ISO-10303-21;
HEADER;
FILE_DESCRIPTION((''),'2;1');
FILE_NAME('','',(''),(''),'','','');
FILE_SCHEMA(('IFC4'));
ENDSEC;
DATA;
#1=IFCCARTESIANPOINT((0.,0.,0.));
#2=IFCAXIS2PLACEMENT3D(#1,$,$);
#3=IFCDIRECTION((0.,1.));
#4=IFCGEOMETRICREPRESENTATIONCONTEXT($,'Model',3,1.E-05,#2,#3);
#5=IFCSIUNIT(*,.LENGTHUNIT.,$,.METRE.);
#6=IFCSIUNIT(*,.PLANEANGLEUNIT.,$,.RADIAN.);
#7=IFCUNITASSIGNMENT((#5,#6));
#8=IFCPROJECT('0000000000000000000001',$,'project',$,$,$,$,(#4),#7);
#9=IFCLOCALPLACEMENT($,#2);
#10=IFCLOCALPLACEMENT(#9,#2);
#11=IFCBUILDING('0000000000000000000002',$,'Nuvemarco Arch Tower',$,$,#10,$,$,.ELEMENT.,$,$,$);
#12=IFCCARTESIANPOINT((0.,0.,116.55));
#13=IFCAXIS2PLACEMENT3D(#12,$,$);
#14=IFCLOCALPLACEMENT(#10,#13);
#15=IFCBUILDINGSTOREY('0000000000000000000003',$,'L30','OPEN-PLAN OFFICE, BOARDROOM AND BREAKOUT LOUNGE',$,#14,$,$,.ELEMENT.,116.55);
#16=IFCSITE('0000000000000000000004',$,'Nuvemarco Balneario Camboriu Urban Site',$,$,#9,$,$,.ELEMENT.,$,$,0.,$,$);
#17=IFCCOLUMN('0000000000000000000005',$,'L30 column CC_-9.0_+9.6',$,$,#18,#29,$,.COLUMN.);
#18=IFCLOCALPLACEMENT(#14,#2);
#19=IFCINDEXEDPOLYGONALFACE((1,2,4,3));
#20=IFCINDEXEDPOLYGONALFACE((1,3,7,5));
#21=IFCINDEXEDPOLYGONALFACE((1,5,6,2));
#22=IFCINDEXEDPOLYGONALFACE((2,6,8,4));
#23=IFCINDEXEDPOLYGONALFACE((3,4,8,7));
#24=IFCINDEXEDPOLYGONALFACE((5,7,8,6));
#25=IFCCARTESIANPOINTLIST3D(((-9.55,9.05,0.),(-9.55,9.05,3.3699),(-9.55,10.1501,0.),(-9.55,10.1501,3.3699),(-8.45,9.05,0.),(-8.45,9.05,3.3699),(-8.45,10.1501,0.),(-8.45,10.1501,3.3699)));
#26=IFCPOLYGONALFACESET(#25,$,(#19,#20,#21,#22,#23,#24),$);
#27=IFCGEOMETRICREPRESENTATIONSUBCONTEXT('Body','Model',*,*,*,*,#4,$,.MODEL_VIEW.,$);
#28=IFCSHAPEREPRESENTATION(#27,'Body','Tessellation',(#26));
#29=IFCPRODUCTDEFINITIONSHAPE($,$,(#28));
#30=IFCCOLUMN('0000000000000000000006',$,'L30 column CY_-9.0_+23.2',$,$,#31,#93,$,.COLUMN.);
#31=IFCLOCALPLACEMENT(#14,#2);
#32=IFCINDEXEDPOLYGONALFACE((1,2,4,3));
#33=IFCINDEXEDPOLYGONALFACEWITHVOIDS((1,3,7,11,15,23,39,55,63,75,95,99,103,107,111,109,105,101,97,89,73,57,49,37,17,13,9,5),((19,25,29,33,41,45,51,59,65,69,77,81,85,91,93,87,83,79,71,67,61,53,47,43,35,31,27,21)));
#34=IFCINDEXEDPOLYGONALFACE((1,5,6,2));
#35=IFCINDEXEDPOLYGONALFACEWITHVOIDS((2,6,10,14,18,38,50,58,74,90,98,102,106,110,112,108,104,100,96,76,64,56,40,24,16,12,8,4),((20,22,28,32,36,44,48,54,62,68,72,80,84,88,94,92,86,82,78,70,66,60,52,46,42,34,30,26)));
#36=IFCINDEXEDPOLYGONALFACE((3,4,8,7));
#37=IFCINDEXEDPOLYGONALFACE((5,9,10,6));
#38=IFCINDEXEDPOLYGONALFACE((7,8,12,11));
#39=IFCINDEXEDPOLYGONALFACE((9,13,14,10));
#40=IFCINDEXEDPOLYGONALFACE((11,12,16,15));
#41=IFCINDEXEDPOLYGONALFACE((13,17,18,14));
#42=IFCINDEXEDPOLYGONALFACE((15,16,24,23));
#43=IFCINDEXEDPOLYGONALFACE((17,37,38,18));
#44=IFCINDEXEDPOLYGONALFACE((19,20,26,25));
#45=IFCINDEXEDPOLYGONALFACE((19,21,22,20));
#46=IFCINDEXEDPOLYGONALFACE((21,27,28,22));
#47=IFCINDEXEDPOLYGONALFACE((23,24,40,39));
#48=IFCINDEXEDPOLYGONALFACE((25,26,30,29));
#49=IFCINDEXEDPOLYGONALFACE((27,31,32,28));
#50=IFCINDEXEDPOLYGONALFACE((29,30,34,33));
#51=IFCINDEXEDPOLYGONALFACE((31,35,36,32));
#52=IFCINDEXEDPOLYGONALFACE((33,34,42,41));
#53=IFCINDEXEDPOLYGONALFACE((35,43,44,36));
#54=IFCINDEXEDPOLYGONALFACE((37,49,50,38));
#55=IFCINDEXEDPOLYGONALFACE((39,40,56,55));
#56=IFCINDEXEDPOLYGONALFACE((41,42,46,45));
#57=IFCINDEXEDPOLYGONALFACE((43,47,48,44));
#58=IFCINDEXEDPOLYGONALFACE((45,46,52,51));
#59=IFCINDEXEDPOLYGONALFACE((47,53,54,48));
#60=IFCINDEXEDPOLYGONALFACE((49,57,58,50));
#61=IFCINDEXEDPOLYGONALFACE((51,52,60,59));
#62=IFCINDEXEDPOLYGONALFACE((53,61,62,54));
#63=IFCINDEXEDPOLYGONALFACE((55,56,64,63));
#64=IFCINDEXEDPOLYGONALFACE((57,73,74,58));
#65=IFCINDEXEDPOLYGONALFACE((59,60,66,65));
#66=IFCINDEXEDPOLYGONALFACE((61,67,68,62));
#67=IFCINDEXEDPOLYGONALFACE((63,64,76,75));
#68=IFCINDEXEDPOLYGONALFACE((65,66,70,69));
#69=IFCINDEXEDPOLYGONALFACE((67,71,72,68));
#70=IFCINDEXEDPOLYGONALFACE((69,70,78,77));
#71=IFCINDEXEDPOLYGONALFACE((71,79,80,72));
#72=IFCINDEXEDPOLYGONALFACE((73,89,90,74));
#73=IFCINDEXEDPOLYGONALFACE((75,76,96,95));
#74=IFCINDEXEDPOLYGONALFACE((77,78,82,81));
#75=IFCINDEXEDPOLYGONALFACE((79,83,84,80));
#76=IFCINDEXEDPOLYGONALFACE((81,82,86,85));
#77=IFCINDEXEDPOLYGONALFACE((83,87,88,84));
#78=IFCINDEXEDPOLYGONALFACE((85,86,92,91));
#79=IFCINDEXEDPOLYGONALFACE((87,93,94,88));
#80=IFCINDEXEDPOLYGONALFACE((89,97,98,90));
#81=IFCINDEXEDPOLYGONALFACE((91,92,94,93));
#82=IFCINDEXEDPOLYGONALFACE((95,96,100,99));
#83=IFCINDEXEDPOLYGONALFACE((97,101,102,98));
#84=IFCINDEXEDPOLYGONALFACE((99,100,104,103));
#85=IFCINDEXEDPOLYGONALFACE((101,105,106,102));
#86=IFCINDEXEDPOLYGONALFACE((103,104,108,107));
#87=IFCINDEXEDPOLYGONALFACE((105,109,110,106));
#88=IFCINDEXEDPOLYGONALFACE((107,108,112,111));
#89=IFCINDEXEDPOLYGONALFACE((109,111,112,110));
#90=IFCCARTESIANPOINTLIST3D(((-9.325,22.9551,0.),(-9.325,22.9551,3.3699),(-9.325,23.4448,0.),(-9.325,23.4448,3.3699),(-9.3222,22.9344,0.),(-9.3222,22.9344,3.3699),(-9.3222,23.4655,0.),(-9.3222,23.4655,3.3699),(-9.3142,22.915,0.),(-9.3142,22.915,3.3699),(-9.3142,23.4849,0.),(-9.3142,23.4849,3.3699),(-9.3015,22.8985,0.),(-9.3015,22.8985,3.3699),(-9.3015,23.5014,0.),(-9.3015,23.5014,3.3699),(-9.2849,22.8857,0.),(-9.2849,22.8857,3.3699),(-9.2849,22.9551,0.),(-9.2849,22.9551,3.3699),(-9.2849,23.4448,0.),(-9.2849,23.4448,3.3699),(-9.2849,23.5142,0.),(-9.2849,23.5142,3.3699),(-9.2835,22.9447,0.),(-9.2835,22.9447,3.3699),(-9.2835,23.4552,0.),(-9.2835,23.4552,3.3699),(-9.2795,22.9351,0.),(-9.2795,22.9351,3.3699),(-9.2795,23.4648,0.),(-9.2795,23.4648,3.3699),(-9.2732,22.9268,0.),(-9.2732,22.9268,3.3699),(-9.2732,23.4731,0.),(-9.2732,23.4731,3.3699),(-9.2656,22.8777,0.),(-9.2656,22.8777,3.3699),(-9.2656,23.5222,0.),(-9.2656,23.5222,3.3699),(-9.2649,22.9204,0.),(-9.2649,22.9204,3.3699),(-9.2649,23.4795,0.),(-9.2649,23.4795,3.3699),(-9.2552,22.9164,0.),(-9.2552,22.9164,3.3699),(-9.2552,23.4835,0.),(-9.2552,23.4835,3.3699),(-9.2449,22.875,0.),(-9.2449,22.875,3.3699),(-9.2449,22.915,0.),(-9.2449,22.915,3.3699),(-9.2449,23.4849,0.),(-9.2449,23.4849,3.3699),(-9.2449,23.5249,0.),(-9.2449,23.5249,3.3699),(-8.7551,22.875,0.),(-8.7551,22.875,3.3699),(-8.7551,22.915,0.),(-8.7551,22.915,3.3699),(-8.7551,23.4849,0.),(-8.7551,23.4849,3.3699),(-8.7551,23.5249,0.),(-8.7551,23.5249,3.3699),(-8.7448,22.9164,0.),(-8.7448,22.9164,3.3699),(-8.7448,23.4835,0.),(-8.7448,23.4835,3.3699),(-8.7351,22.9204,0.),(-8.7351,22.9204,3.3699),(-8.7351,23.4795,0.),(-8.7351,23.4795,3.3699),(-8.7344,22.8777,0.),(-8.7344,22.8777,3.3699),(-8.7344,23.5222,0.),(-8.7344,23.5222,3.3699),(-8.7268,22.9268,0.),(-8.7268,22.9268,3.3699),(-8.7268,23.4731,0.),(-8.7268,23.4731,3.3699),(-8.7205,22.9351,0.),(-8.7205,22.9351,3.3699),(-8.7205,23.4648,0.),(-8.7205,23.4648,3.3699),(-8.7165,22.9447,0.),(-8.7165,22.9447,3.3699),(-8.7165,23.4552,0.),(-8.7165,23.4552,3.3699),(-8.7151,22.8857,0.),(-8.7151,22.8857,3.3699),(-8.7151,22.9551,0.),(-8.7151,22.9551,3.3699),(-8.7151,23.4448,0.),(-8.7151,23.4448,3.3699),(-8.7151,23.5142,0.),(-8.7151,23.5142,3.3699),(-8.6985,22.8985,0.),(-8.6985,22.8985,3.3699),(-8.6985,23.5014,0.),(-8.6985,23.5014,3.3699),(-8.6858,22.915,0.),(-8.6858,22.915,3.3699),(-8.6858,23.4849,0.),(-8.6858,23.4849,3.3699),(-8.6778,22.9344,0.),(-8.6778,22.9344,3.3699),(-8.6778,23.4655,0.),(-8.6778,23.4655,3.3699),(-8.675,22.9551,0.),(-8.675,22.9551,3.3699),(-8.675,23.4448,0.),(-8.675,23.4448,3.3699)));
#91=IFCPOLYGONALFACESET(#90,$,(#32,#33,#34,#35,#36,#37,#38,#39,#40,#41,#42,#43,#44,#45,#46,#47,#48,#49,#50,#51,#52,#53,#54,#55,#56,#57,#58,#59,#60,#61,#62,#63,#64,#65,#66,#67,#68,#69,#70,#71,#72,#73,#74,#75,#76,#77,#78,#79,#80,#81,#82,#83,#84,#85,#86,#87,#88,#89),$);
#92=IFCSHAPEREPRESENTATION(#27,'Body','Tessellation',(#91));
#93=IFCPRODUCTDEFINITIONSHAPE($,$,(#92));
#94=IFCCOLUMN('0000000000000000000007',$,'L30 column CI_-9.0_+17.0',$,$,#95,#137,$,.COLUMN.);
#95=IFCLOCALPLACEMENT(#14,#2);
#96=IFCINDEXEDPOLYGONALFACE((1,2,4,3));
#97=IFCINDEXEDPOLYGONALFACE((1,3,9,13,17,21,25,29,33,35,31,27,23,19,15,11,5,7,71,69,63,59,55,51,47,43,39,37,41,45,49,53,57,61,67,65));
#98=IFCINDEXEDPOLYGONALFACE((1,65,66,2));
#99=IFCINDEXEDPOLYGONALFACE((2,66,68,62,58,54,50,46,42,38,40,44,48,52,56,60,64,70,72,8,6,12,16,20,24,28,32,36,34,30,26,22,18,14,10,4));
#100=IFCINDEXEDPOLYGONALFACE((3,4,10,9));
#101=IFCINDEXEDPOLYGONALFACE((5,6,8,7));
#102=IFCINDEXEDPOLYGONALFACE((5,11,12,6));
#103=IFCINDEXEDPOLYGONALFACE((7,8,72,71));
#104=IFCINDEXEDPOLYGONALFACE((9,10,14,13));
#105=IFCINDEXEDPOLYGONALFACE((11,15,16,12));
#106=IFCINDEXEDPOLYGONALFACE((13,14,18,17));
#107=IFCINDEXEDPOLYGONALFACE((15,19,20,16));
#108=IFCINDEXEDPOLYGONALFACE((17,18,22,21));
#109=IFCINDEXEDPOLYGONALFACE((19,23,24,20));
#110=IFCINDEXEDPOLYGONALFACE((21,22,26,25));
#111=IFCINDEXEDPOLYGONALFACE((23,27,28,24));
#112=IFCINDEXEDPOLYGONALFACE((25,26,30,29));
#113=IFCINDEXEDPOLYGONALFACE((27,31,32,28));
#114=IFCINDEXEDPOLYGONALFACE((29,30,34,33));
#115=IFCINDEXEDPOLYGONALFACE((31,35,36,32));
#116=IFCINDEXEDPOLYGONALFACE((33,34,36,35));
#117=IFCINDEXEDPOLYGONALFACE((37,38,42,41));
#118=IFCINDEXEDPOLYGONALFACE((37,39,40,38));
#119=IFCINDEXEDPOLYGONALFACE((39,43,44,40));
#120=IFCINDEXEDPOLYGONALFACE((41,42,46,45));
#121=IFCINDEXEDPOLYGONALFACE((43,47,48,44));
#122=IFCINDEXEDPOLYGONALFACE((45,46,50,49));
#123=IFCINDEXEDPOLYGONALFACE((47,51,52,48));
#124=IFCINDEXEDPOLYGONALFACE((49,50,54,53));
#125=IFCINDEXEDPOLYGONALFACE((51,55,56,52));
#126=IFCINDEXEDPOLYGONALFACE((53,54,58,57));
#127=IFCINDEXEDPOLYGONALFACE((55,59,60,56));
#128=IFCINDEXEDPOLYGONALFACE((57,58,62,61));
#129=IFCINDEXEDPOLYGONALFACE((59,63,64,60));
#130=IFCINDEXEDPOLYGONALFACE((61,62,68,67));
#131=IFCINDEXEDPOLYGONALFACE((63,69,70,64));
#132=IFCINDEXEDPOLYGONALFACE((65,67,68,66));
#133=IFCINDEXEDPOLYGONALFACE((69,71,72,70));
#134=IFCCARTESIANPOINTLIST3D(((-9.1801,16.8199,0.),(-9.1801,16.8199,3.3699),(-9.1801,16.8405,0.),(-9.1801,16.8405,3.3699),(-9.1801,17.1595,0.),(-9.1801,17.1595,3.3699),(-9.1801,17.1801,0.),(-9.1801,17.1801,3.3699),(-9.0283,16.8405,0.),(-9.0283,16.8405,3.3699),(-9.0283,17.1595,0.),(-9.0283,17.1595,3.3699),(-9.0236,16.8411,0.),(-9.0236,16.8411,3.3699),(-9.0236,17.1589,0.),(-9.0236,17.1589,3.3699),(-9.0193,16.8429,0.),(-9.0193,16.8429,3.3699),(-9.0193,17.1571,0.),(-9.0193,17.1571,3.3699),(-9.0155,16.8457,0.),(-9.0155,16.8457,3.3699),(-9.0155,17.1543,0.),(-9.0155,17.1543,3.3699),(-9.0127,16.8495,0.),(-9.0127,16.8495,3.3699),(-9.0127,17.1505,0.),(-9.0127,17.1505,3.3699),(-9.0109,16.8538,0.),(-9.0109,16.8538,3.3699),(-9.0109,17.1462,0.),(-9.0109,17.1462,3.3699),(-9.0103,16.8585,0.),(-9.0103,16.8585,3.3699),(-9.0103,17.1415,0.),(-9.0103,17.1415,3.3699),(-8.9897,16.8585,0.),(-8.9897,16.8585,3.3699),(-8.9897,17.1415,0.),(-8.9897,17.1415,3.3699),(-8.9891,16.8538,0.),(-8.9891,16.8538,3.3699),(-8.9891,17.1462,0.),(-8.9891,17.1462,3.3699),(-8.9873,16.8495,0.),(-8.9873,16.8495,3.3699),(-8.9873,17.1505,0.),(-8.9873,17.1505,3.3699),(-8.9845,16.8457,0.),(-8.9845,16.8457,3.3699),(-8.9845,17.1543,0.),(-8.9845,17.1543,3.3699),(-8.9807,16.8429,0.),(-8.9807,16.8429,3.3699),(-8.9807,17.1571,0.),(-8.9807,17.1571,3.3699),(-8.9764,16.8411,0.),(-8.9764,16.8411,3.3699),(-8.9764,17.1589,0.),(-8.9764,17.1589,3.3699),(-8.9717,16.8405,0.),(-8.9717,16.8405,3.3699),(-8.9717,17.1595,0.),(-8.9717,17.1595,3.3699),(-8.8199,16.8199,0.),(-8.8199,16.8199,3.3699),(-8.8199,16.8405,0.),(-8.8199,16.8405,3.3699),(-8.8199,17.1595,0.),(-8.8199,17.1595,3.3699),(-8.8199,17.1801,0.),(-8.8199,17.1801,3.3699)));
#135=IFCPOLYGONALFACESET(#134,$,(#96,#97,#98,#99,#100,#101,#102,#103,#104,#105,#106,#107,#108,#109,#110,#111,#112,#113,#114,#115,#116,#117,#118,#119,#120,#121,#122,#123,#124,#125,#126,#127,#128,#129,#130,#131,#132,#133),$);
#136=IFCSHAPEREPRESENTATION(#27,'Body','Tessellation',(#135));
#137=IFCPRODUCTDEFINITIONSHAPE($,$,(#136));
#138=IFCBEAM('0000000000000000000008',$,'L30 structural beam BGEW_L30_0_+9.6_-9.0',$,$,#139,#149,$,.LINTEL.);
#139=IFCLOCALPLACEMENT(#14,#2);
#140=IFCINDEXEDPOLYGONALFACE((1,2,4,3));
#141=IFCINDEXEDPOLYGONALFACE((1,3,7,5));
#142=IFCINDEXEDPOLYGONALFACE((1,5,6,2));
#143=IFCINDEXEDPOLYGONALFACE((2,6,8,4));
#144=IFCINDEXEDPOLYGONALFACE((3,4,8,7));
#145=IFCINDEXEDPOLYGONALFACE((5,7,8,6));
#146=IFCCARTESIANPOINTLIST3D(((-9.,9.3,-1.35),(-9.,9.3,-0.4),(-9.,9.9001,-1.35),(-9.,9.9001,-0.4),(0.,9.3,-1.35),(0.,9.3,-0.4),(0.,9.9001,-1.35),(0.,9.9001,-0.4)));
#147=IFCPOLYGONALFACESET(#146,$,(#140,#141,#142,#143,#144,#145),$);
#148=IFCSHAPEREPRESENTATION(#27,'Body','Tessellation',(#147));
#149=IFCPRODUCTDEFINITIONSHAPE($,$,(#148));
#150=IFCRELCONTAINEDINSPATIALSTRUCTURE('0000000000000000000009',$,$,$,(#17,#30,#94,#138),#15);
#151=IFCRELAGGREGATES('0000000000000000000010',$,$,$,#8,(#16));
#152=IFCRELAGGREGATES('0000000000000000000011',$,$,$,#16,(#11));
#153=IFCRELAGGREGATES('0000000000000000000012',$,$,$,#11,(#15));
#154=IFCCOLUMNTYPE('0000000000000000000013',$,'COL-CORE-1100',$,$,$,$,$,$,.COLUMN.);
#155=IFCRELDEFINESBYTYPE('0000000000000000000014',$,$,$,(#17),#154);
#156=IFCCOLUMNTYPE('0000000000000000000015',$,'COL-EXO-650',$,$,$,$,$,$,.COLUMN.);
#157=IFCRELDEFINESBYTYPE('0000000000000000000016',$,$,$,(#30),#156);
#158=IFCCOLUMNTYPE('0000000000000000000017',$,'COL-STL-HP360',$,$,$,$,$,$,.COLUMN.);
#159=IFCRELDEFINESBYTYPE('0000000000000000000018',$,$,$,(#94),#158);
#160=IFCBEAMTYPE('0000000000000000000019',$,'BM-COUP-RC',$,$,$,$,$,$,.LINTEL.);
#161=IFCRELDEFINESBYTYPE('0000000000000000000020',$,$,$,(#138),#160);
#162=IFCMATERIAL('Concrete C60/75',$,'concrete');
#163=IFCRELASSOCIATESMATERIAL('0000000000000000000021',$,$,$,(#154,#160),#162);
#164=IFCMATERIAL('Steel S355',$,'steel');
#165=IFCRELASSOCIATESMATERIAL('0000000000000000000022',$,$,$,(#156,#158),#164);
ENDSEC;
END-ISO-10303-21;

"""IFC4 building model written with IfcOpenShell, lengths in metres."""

from ifc_helpers import new_model, si_unit, direction, frame, origin, origin_2d, place, context, subcontext, project, spatial, rectangle, hollow_rectangle, i_section, extrude, material, material_profile, profile_set, type_object, element, save


model = new_model("IFC4")

# Units and contexts
model_context = context("Model", 3, precision=1e-05, world=origin(), true_north=direction((0.0, 1.0)))
body_context = subcontext(model_context, "Body", "Model", "MODEL_VIEW")
ifc_project = project(units=[si_unit("LENGTHUNIT", "METRE"), si_unit("PLANEANGLEUNIT", "RADIAN")], contexts=[model_context])

# Site, building, storey
site_placement = place(None, origin())
site = spatial("IfcSite", under=ifc_project, at=site_placement, Name="Nuvemarco Balneario Camboriu Urban Site", CompositionType="ELEMENT", RefElevation=0.0)
building_placement = place(site_placement, origin())
building = spatial("IfcBuilding", under=site, at=building_placement, Name="Nuvemarco Arch Tower", CompositionType="ELEMENT")
storey_placement = place(building_placement, frame((0.0, 0.0, 116.55)))
storey = spatial("IfcBuildingStorey", under=building, at=storey_placement, Name="L30", Description="OPEN-PLAN OFFICE, BOARDROOM AND BREAKOUT LOUNGE", CompositionType="ELEMENT", Elevation=116.55)

# Columns
ifc_material_1 = material(Name="Concrete C60/75", Category="concrete")
ifc_material_profile_1 = material_profile(ifc_material_1, rectangle(XDim=1.1001, YDim=1.1001, at=origin_2d()), Name="RC-COL-1100x1100")
ifc_profile_set_1 = profile_set([ifc_material_profile_1], Name="Concrete C60/75")
column_type_1 = type_object("IfcColumnType", Name="COL-CORE-1100", PredefinedType="COLUMN", material=ifc_profile_set_1)
column_1_placement = place(storey_placement, frame((-9.0, 9.6001, 0.0), z_axis=(0.0, 0.0, 1.0), x_axis=(1.0, 0.0, 0.0)))
element("IfcColumn", 1, at=column_1_placement, inside=storey, type_object=column_type_1, Name="L30 column CC_-9.0_+9.6", PredefinedType="COLUMN", context=body_context, shape_type="SweptSolid", body=[
    extrude(rectangle(XDim=1.1001, YDim=1.1001, at=origin_2d()), origin(), (0.0, 0.0, 1.0), 3.3699),
])
ifc_material_2 = material(Name="Steel S355", Category="steel")
ifc_material_profile_2 = material_profile(ifc_material_2, hollow_rectangle(XDim=0.6499, YDim=0.6499, WallThickness=0.04, InnerFilletRadius=0.04, OuterFilletRadius=0.0801, at=origin_2d()), Name="SHS650x650x40")
ifc_profile_set_2 = profile_set([ifc_material_profile_2], Name="Steel S355")
column_type_2 = type_object("IfcColumnType", Name="COL-EXO-650", PredefinedType="COLUMN", material=ifc_profile_set_2)
column_2_placement = place(storey_placement, frame((-9.0, 23.2, 0.0), z_axis=(0.0, 0.0, 1.0), x_axis=(1.0, 0.0, 0.0)))
element("IfcColumn", 2, at=column_2_placement, inside=storey, type_object=column_type_2, Name="L30 column CY_-9.0_+23.2", PredefinedType="COLUMN", context=body_context, shape_type="SweptSolid", body=[
    extrude(hollow_rectangle(XDim=0.6499, YDim=0.6499, WallThickness=0.04, InnerFilletRadius=0.04, OuterFilletRadius=0.0801, at=origin_2d()), origin(), (0.0, 0.0, 1.0), 3.3699),
])
ifc_material_profile_3 = material_profile(ifc_material_2, i_section(OverallWidth=0.3601, OverallDepth=0.3601, WebThickness=0.0205, FlangeThickness=0.0205, FilletRadius=0.0181, at=origin_2d()), Name="HP360x174")
ifc_profile_set_3 = profile_set([ifc_material_profile_3], Name="Steel S355")
column_type_3 = type_object("IfcColumnType", Name="COL-STL-HP360", PredefinedType="COLUMN", material=ifc_profile_set_3)
column_3_placement = place(storey_placement, frame((-9.0, 17.0, 0.0), z_axis=(0.0, 0.0, 1.0), x_axis=(1.0, 0.0, 0.0)))
element("IfcColumn", 3, at=column_3_placement, inside=storey, type_object=column_type_3, Name="L30 column CI_-9.0_+17.0", PredefinedType="COLUMN", context=body_context, shape_type="SweptSolid", body=[
    extrude(i_section(OverallWidth=0.3601, OverallDepth=0.3601, WebThickness=0.0205, FlangeThickness=0.0205, FilletRadius=0.0181, at=origin_2d()), origin(), (0.0, 0.0, 1.0), 3.3699),
])

# Beam
ifc_material_profile_4 = material_profile(ifc_material_1, rectangle(XDim=0.6001, YDim=0.95, at=origin_2d()), Name="RC-BM-600x950")
ifc_profile_set_4 = profile_set([ifc_material_profile_4], Name="Concrete C60/75")
beam_type_1 = type_object("IfcBeamType", Name="BM-COUP-RC", PredefinedType="LINTEL", material=ifc_profile_set_4)
beam_1_placement = place(storey_placement, frame((-9.0, 9.6001, -0.875), z_axis=(1.0, 0.0, 0.0), x_axis=(0.0, 1.0, 0.0)))
element("IfcBeam", 4, at=beam_1_placement, inside=storey, type_object=beam_type_1, Name="L30 structural beam BGEW_L30_0_+9.6_-9.0", PredefinedType="LINTEL", context=body_context, shape_type="SweptSolid", body=[
    extrude(rectangle(XDim=0.6001, YDim=0.95, at=origin_2d()), origin(), (0.0, 0.0, 1.0), 9.0),
])

save(model, "model.ifc")
